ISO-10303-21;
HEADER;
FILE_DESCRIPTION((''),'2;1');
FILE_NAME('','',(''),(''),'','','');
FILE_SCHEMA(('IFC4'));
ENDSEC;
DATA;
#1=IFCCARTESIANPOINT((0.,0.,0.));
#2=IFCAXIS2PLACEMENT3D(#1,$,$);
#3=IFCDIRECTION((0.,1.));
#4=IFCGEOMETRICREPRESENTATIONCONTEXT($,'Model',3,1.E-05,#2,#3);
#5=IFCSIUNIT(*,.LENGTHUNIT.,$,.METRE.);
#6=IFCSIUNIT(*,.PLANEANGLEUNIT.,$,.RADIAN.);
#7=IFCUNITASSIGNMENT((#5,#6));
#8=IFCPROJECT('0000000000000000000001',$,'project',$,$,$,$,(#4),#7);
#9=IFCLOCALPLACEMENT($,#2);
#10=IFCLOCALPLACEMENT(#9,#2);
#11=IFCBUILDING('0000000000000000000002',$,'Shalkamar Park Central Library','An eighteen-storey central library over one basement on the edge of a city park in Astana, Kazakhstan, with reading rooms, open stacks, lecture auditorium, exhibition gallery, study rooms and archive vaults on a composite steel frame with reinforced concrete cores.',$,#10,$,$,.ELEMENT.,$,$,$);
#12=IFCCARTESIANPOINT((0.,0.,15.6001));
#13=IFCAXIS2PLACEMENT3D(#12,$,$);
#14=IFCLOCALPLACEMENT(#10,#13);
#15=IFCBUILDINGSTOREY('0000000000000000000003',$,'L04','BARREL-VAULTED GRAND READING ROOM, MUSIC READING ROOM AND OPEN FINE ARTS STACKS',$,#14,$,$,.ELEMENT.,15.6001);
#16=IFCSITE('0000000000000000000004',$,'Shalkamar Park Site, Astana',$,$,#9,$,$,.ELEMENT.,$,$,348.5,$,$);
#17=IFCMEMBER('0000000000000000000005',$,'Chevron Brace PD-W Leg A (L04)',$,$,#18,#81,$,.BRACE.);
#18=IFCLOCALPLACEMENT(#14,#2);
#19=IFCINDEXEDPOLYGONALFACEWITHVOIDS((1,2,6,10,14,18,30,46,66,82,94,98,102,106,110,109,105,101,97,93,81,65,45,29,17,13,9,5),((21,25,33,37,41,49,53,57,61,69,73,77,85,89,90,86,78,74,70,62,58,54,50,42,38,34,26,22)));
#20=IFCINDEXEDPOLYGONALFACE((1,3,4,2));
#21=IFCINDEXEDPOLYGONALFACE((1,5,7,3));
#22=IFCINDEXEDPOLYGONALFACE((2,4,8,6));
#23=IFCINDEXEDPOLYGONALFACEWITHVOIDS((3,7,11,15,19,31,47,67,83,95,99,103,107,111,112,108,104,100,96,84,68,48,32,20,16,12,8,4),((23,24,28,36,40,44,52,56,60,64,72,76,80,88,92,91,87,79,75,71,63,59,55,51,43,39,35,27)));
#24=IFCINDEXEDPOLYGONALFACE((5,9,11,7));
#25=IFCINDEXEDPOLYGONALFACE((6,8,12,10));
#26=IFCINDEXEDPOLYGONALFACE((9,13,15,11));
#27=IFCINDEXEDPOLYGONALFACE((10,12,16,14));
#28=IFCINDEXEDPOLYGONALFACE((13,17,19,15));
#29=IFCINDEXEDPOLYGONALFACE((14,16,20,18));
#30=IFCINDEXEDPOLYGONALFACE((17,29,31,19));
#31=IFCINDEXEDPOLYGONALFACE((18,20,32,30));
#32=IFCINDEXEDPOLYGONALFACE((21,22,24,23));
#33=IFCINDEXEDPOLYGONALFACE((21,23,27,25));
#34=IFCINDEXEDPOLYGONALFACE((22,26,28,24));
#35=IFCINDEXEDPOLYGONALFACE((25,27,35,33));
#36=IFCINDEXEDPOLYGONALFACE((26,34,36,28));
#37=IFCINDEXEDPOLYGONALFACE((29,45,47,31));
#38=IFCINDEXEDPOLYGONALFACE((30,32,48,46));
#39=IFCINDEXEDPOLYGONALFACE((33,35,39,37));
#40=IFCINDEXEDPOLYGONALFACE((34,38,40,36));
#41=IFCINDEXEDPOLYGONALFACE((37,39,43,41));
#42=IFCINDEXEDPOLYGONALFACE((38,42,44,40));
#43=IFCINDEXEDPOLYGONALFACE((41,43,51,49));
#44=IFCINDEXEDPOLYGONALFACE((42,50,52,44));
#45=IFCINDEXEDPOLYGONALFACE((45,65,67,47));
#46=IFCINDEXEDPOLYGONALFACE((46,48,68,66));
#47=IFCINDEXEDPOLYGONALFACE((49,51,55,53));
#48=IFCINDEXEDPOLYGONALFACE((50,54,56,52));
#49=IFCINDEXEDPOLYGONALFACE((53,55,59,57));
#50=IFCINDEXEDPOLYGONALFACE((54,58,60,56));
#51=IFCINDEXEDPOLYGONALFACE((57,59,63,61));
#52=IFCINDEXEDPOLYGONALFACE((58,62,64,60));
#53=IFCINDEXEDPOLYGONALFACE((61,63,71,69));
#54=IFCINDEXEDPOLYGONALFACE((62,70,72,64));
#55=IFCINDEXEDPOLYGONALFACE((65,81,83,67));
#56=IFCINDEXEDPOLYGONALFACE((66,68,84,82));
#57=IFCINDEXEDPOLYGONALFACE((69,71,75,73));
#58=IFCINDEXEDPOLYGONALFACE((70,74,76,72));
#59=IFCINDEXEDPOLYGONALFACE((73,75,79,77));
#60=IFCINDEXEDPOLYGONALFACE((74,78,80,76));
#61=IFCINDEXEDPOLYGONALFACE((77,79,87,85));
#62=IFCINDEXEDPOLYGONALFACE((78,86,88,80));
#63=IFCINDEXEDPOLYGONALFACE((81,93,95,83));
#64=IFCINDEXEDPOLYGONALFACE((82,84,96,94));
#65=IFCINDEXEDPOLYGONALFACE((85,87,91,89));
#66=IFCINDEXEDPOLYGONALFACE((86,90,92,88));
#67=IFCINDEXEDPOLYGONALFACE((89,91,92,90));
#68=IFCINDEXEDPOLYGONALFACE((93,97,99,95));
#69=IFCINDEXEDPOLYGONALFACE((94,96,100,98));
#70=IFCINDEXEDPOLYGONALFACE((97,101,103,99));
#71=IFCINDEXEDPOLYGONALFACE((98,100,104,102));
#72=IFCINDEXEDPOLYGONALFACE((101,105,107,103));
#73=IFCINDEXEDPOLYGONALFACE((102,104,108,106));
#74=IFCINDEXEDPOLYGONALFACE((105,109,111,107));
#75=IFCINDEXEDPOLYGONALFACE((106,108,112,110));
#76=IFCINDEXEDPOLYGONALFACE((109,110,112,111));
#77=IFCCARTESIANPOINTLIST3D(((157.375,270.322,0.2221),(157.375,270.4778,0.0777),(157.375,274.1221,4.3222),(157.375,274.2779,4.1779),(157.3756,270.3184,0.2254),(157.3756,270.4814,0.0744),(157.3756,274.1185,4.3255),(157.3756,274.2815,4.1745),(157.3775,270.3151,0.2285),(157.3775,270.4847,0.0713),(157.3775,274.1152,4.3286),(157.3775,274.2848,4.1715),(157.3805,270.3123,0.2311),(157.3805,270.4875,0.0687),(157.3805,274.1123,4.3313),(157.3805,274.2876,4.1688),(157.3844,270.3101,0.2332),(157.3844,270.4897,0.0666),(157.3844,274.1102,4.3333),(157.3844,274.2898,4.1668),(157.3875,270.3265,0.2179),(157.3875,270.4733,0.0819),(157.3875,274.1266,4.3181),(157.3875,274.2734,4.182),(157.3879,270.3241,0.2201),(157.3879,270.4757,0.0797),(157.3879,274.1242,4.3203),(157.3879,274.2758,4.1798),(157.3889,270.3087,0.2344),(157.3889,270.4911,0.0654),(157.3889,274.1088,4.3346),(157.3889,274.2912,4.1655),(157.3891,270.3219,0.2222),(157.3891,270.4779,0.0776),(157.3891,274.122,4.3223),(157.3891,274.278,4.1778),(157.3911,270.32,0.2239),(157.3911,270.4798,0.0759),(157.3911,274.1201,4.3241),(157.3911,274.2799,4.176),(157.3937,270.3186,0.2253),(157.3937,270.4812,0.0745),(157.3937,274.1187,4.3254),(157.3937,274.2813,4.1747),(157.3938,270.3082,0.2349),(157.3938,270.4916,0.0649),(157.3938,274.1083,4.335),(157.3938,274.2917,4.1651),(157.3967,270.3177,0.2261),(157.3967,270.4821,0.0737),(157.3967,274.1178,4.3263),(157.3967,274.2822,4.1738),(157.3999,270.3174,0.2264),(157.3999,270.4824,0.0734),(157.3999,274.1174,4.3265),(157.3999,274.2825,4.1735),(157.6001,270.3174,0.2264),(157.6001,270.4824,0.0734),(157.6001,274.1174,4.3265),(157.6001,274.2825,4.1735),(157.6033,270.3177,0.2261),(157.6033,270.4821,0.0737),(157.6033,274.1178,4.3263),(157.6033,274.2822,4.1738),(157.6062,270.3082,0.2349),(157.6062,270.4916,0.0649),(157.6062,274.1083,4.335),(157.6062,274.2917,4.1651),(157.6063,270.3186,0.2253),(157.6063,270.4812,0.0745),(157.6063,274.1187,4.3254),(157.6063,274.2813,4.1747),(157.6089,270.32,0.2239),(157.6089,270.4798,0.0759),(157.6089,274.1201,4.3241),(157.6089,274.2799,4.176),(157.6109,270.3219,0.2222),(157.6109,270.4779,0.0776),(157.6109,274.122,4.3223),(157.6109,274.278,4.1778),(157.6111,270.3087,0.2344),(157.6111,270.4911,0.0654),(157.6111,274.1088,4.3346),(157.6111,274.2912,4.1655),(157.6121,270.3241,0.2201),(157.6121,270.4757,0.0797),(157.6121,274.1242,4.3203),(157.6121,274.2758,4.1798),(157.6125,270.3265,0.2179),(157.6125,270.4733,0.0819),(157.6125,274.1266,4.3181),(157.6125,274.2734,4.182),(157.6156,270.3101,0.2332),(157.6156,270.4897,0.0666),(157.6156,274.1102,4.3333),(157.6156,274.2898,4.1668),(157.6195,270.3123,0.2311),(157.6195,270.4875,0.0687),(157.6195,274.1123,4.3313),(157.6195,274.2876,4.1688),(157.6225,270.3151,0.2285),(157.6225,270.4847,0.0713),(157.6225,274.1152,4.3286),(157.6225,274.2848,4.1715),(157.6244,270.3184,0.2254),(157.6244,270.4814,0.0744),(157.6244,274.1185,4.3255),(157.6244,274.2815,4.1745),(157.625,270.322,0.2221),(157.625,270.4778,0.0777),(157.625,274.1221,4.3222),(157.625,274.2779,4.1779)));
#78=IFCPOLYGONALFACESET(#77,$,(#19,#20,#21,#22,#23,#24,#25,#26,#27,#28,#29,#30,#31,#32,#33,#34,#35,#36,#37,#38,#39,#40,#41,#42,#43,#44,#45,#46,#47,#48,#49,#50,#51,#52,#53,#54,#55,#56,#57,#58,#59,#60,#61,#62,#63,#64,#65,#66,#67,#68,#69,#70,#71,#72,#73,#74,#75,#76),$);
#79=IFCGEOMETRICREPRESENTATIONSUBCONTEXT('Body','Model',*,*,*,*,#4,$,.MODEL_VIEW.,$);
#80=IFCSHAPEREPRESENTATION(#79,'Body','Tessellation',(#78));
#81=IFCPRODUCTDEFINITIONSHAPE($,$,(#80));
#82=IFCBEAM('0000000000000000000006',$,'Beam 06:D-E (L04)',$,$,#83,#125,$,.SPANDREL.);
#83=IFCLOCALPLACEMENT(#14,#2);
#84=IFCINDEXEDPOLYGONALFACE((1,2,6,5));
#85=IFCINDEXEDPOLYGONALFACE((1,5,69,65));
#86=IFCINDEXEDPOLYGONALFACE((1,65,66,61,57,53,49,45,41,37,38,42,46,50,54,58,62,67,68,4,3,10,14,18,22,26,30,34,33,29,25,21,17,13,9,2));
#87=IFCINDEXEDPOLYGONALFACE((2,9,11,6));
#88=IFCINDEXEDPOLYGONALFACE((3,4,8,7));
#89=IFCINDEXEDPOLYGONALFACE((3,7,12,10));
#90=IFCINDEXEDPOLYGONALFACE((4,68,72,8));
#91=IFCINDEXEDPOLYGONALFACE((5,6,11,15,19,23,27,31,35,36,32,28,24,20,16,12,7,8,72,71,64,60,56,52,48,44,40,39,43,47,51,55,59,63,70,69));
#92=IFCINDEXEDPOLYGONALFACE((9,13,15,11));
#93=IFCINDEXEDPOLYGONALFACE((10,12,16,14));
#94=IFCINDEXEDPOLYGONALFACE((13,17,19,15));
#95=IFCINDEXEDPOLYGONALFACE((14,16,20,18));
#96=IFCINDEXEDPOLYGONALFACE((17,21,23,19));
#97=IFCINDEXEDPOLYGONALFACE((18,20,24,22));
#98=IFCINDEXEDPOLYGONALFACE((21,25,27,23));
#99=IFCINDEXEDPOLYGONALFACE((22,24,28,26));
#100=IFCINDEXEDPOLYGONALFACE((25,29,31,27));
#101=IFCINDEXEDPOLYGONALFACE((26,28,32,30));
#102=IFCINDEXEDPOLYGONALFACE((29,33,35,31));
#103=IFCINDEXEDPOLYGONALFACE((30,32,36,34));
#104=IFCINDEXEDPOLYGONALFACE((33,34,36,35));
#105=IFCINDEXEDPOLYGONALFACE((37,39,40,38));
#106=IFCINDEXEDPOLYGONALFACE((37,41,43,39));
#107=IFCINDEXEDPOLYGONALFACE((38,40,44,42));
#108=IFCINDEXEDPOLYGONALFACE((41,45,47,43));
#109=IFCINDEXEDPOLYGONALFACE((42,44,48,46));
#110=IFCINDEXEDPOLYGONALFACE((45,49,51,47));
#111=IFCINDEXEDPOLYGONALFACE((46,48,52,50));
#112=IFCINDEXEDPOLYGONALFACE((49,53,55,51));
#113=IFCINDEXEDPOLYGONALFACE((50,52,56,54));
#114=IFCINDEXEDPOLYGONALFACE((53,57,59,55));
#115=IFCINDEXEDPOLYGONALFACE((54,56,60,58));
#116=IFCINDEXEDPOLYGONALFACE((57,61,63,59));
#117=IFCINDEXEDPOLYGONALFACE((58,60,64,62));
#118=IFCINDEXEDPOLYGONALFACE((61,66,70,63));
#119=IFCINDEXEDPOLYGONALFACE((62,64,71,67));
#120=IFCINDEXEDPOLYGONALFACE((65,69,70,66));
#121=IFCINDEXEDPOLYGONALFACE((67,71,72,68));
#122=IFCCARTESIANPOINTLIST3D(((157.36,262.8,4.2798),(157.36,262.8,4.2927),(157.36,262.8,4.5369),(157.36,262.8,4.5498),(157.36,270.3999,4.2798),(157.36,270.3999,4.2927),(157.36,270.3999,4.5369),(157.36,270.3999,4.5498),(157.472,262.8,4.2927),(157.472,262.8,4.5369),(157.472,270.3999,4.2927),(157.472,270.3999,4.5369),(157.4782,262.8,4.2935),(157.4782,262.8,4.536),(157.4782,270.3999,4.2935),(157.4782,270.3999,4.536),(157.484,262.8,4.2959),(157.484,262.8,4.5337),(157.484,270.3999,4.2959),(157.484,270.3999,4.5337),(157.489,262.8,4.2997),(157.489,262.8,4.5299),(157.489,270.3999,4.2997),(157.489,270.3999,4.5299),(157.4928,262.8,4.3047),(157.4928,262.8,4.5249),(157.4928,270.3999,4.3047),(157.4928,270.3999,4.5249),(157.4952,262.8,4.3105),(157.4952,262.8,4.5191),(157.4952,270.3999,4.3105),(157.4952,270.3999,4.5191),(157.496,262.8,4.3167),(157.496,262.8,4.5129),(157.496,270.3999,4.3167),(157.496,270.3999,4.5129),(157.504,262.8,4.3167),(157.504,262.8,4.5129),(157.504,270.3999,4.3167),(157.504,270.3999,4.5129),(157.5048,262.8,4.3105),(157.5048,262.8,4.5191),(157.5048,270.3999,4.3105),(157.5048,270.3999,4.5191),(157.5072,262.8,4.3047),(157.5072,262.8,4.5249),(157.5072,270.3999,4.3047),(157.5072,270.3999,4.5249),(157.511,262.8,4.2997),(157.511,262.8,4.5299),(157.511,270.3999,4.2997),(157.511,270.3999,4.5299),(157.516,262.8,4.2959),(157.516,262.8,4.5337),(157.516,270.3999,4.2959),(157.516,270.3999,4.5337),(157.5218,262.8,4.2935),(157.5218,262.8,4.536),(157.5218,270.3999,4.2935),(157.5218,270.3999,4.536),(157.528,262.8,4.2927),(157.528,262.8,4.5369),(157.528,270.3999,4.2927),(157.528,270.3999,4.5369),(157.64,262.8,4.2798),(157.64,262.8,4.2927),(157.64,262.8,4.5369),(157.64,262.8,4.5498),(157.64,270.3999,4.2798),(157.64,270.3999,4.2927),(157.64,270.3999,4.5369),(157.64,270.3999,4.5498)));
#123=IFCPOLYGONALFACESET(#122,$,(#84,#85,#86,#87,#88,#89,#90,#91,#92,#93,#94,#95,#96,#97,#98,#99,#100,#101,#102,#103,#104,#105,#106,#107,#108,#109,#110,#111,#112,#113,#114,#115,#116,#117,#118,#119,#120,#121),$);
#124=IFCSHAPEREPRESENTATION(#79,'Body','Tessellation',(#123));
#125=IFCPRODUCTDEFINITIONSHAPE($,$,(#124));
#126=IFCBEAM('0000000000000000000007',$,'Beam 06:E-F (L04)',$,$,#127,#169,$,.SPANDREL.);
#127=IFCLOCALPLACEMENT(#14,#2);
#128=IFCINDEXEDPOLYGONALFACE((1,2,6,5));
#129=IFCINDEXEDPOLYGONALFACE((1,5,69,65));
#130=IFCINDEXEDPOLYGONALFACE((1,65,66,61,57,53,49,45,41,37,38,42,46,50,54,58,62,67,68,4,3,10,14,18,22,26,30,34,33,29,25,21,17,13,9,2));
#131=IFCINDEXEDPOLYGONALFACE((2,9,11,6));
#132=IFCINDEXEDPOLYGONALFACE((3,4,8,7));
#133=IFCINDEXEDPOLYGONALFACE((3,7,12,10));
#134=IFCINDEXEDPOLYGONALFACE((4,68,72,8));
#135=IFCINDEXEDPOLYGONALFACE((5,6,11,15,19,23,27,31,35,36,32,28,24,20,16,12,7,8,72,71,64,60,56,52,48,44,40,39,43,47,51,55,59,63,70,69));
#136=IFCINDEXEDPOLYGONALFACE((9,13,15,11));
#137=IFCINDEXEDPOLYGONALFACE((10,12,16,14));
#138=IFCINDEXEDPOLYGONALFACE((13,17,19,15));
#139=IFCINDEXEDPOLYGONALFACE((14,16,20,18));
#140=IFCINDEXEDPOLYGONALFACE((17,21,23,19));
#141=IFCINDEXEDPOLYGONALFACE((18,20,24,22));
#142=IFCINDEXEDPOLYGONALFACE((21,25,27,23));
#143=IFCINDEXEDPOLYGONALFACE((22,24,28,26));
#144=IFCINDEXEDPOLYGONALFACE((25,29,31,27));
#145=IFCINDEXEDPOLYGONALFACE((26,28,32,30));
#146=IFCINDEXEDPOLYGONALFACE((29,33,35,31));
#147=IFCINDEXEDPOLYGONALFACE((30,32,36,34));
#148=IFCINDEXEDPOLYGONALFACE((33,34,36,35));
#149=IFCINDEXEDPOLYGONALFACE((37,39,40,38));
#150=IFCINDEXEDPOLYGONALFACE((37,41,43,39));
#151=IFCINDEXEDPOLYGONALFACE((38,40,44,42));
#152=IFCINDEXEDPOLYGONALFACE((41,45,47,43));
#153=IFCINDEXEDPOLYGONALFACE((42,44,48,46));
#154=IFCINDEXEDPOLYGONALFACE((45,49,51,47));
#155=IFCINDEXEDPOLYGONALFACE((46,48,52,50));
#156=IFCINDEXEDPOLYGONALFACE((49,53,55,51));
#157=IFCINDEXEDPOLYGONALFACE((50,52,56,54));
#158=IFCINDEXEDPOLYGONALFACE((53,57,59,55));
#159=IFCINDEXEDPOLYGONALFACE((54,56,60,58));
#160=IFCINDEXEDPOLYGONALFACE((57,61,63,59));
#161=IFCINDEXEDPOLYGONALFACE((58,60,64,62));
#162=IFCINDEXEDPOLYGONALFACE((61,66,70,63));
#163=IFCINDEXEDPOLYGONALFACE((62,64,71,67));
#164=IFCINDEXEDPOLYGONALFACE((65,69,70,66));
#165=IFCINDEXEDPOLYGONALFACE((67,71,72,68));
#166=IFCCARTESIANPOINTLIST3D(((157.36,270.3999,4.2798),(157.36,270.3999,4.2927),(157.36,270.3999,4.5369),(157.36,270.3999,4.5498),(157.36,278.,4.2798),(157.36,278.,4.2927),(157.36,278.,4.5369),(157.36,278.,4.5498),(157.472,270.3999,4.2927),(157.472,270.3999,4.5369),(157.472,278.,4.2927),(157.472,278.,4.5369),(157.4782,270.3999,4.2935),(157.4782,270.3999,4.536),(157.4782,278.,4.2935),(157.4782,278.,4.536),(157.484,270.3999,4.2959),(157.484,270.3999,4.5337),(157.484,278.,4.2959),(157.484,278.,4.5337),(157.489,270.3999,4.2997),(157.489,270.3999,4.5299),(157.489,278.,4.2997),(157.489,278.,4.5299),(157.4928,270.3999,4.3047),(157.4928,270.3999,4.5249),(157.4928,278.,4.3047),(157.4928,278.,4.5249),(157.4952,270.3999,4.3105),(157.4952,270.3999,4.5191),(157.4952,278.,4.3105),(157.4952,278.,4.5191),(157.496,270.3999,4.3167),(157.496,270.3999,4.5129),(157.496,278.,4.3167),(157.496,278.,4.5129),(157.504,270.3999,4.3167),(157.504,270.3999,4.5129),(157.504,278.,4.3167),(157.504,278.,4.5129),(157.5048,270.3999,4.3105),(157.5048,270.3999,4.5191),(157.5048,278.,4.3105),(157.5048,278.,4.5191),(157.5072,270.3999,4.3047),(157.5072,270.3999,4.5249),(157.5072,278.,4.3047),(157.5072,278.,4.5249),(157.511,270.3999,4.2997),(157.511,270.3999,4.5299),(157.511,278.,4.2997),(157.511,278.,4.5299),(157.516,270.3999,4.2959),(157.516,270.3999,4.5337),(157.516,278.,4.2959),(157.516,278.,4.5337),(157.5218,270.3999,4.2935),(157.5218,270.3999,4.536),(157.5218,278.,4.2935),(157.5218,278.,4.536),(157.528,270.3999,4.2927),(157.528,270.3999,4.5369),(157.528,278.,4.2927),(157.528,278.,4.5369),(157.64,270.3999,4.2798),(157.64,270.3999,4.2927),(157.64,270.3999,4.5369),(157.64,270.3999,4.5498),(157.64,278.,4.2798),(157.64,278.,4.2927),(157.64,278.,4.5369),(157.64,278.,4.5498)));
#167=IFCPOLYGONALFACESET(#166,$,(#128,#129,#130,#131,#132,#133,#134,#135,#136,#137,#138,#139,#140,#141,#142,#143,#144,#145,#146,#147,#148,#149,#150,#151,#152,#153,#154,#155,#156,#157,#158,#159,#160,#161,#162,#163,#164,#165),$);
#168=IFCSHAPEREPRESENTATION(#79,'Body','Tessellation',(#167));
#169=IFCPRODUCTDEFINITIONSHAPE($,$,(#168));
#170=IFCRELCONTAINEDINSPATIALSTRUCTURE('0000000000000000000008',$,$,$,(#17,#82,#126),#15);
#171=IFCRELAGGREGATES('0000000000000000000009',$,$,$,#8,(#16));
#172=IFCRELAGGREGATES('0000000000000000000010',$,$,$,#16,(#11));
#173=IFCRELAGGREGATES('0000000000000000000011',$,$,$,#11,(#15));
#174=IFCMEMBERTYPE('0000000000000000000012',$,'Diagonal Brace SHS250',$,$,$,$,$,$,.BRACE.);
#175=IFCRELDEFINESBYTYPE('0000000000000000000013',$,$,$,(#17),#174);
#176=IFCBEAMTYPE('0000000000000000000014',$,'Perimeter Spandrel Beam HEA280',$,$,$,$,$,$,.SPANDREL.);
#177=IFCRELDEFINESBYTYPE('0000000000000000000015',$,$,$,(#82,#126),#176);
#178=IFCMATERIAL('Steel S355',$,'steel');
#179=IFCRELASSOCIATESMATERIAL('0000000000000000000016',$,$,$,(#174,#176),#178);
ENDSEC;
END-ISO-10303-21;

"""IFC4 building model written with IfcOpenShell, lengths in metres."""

from ifc_helpers import new_model, si_unit, direction, frame, origin, origin_2d, place, context, subcontext, project, spatial, hollow_rectangle, i_section, extrude, material, material_profile, profile_set, type_object, element, save


model = new_model("IFC4")

# Units and contexts
model_context = context("Model", 3, precision=1e-05, world=origin(), true_north=direction((0.0, 1.0)))
body_context = subcontext(model_context, "Body", "Model", "MODEL_VIEW")
ifc_project = project(units=[si_unit("LENGTHUNIT", "METRE"), si_unit("PLANEANGLEUNIT", "RADIAN")], contexts=[model_context])

# Site, building, storey
site_placement = place(None, origin())
site = spatial("IfcSite", under=ifc_project, at=site_placement, Name="Shalkamar Park Site, Astana", CompositionType="ELEMENT", RefElevation=348.5)
building_placement = place(site_placement, origin())
building = spatial("IfcBuilding", under=site, at=building_placement, Name="Shalkamar Park Central Library", Description="An eighteen-storey central library over one basement on the edge of a city park in Astana, Kazakhstan, with reading rooms, open stacks, lecture auditorium, exhibition gallery, study rooms and archive vaults on a composite steel frame with reinforced concrete cores.", CompositionType="ELEMENT")
storey_placement = place(building_placement, frame((0.0, 0.0, 15.6001)))
storey = spatial("IfcBuildingStorey", under=building, at=storey_placement, Name="L04", Description="BARREL-VAULTED GRAND READING ROOM, MUSIC READING ROOM AND OPEN FINE ARTS STACKS", CompositionType="ELEMENT", Elevation=15.6001)

# Shared definitions
ifc_material_1 = material(Name="Steel S355", Category="steel")

# Member
ifc_material_profile_1 = material_profile(ifc_material_1, hollow_rectangle(XDim=0.25, YDim=0.25, WallThickness=0.0125, InnerFilletRadius=0.0125, OuterFilletRadius=0.0188, at=origin_2d()), Name="SHS 250x250x12.5")
ifc_profile_set_1 = profile_set([ifc_material_profile_1], Name="Steel S355")
member_type = type_object("IfcMemberType", Name="Diagonal Brace SHS250", PredefinedType="BRACE", material=ifc_profile_set_1)
member_placement = place(storey_placement, frame((157.5, 270.3999, 0.1499), z_axis=(0.0, 0.679761, 0.733434), x_axis=(-1.0, 0.0, 0.0)))
element("IfcMember", 1, at=member_placement, inside=storey, type_object=member_type, Name="Chevron Brace PD-W Leg A (L04)", PredefinedType="BRACE", context=body_context, shape_type="SweptSolid", body=[
    extrude(hollow_rectangle(XDim=0.25, YDim=0.25, WallThickness=0.0125, InnerFilletRadius=0.0125, OuterFilletRadius=0.0188, at=origin_2d()), origin(), (0.0, 0.0, 1.0), 5.5903),
])

# Beams
ifc_material_profile_2 = material_profile(ifc_material_1, i_section(OverallWidth=0.28, OverallDepth=0.27, WebThickness=0.0081, FlangeThickness=0.0129, FilletRadius=0.0239, at=origin_2d()), Name="HEA 280")
ifc_profile_set_2 = profile_set([ifc_material_profile_2], Name="Steel S355")
beam_type_1 = type_object("IfcBeamType", Name="Perimeter Spandrel Beam HEA280", PredefinedType="SPANDREL", material=ifc_profile_set_2)
beam_1_placement = place(storey_placement, frame((157.5, 262.8, 4.4148), z_axis=(0.0, 1.0, 0.0), x_axis=(-1.0, 0.0, 0.0)))
element("IfcBeam", 2, at=beam_1_placement, inside=storey, type_object=beam_type_1, Name="Beam 06:D-E (L04)", PredefinedType="SPANDREL", context=body_context, shape_type="SweptSolid", body=[
    extrude(i_section(OverallWidth=0.28, OverallDepth=0.27, WebThickness=0.0081, FlangeThickness=0.0129, FilletRadius=0.0239, at=origin_2d()), origin(), (0.0, 0.0, 1.0), 7.5999),
])
beam_2_placement = place(storey_placement, frame((157.5, 270.3999, 4.4148), z_axis=(0.0, 1.0, 0.0), x_axis=(-1.0, 0.0, 0.0)))
element("IfcBeam", 3, at=beam_2_placement, inside=storey, type_object=beam_type_1, Name="Beam 06:E-F (L04)", PredefinedType="SPANDREL", context=body_context, shape_type="SweptSolid", body=[
    extrude(i_section(OverallWidth=0.28, OverallDepth=0.27, WebThickness=0.0081, FlangeThickness=0.0129, FilletRadius=0.0239, at=origin_2d()), origin(), (0.0, 0.0, 1.0), 7.6001),
])

save(model, "model.ifc")
